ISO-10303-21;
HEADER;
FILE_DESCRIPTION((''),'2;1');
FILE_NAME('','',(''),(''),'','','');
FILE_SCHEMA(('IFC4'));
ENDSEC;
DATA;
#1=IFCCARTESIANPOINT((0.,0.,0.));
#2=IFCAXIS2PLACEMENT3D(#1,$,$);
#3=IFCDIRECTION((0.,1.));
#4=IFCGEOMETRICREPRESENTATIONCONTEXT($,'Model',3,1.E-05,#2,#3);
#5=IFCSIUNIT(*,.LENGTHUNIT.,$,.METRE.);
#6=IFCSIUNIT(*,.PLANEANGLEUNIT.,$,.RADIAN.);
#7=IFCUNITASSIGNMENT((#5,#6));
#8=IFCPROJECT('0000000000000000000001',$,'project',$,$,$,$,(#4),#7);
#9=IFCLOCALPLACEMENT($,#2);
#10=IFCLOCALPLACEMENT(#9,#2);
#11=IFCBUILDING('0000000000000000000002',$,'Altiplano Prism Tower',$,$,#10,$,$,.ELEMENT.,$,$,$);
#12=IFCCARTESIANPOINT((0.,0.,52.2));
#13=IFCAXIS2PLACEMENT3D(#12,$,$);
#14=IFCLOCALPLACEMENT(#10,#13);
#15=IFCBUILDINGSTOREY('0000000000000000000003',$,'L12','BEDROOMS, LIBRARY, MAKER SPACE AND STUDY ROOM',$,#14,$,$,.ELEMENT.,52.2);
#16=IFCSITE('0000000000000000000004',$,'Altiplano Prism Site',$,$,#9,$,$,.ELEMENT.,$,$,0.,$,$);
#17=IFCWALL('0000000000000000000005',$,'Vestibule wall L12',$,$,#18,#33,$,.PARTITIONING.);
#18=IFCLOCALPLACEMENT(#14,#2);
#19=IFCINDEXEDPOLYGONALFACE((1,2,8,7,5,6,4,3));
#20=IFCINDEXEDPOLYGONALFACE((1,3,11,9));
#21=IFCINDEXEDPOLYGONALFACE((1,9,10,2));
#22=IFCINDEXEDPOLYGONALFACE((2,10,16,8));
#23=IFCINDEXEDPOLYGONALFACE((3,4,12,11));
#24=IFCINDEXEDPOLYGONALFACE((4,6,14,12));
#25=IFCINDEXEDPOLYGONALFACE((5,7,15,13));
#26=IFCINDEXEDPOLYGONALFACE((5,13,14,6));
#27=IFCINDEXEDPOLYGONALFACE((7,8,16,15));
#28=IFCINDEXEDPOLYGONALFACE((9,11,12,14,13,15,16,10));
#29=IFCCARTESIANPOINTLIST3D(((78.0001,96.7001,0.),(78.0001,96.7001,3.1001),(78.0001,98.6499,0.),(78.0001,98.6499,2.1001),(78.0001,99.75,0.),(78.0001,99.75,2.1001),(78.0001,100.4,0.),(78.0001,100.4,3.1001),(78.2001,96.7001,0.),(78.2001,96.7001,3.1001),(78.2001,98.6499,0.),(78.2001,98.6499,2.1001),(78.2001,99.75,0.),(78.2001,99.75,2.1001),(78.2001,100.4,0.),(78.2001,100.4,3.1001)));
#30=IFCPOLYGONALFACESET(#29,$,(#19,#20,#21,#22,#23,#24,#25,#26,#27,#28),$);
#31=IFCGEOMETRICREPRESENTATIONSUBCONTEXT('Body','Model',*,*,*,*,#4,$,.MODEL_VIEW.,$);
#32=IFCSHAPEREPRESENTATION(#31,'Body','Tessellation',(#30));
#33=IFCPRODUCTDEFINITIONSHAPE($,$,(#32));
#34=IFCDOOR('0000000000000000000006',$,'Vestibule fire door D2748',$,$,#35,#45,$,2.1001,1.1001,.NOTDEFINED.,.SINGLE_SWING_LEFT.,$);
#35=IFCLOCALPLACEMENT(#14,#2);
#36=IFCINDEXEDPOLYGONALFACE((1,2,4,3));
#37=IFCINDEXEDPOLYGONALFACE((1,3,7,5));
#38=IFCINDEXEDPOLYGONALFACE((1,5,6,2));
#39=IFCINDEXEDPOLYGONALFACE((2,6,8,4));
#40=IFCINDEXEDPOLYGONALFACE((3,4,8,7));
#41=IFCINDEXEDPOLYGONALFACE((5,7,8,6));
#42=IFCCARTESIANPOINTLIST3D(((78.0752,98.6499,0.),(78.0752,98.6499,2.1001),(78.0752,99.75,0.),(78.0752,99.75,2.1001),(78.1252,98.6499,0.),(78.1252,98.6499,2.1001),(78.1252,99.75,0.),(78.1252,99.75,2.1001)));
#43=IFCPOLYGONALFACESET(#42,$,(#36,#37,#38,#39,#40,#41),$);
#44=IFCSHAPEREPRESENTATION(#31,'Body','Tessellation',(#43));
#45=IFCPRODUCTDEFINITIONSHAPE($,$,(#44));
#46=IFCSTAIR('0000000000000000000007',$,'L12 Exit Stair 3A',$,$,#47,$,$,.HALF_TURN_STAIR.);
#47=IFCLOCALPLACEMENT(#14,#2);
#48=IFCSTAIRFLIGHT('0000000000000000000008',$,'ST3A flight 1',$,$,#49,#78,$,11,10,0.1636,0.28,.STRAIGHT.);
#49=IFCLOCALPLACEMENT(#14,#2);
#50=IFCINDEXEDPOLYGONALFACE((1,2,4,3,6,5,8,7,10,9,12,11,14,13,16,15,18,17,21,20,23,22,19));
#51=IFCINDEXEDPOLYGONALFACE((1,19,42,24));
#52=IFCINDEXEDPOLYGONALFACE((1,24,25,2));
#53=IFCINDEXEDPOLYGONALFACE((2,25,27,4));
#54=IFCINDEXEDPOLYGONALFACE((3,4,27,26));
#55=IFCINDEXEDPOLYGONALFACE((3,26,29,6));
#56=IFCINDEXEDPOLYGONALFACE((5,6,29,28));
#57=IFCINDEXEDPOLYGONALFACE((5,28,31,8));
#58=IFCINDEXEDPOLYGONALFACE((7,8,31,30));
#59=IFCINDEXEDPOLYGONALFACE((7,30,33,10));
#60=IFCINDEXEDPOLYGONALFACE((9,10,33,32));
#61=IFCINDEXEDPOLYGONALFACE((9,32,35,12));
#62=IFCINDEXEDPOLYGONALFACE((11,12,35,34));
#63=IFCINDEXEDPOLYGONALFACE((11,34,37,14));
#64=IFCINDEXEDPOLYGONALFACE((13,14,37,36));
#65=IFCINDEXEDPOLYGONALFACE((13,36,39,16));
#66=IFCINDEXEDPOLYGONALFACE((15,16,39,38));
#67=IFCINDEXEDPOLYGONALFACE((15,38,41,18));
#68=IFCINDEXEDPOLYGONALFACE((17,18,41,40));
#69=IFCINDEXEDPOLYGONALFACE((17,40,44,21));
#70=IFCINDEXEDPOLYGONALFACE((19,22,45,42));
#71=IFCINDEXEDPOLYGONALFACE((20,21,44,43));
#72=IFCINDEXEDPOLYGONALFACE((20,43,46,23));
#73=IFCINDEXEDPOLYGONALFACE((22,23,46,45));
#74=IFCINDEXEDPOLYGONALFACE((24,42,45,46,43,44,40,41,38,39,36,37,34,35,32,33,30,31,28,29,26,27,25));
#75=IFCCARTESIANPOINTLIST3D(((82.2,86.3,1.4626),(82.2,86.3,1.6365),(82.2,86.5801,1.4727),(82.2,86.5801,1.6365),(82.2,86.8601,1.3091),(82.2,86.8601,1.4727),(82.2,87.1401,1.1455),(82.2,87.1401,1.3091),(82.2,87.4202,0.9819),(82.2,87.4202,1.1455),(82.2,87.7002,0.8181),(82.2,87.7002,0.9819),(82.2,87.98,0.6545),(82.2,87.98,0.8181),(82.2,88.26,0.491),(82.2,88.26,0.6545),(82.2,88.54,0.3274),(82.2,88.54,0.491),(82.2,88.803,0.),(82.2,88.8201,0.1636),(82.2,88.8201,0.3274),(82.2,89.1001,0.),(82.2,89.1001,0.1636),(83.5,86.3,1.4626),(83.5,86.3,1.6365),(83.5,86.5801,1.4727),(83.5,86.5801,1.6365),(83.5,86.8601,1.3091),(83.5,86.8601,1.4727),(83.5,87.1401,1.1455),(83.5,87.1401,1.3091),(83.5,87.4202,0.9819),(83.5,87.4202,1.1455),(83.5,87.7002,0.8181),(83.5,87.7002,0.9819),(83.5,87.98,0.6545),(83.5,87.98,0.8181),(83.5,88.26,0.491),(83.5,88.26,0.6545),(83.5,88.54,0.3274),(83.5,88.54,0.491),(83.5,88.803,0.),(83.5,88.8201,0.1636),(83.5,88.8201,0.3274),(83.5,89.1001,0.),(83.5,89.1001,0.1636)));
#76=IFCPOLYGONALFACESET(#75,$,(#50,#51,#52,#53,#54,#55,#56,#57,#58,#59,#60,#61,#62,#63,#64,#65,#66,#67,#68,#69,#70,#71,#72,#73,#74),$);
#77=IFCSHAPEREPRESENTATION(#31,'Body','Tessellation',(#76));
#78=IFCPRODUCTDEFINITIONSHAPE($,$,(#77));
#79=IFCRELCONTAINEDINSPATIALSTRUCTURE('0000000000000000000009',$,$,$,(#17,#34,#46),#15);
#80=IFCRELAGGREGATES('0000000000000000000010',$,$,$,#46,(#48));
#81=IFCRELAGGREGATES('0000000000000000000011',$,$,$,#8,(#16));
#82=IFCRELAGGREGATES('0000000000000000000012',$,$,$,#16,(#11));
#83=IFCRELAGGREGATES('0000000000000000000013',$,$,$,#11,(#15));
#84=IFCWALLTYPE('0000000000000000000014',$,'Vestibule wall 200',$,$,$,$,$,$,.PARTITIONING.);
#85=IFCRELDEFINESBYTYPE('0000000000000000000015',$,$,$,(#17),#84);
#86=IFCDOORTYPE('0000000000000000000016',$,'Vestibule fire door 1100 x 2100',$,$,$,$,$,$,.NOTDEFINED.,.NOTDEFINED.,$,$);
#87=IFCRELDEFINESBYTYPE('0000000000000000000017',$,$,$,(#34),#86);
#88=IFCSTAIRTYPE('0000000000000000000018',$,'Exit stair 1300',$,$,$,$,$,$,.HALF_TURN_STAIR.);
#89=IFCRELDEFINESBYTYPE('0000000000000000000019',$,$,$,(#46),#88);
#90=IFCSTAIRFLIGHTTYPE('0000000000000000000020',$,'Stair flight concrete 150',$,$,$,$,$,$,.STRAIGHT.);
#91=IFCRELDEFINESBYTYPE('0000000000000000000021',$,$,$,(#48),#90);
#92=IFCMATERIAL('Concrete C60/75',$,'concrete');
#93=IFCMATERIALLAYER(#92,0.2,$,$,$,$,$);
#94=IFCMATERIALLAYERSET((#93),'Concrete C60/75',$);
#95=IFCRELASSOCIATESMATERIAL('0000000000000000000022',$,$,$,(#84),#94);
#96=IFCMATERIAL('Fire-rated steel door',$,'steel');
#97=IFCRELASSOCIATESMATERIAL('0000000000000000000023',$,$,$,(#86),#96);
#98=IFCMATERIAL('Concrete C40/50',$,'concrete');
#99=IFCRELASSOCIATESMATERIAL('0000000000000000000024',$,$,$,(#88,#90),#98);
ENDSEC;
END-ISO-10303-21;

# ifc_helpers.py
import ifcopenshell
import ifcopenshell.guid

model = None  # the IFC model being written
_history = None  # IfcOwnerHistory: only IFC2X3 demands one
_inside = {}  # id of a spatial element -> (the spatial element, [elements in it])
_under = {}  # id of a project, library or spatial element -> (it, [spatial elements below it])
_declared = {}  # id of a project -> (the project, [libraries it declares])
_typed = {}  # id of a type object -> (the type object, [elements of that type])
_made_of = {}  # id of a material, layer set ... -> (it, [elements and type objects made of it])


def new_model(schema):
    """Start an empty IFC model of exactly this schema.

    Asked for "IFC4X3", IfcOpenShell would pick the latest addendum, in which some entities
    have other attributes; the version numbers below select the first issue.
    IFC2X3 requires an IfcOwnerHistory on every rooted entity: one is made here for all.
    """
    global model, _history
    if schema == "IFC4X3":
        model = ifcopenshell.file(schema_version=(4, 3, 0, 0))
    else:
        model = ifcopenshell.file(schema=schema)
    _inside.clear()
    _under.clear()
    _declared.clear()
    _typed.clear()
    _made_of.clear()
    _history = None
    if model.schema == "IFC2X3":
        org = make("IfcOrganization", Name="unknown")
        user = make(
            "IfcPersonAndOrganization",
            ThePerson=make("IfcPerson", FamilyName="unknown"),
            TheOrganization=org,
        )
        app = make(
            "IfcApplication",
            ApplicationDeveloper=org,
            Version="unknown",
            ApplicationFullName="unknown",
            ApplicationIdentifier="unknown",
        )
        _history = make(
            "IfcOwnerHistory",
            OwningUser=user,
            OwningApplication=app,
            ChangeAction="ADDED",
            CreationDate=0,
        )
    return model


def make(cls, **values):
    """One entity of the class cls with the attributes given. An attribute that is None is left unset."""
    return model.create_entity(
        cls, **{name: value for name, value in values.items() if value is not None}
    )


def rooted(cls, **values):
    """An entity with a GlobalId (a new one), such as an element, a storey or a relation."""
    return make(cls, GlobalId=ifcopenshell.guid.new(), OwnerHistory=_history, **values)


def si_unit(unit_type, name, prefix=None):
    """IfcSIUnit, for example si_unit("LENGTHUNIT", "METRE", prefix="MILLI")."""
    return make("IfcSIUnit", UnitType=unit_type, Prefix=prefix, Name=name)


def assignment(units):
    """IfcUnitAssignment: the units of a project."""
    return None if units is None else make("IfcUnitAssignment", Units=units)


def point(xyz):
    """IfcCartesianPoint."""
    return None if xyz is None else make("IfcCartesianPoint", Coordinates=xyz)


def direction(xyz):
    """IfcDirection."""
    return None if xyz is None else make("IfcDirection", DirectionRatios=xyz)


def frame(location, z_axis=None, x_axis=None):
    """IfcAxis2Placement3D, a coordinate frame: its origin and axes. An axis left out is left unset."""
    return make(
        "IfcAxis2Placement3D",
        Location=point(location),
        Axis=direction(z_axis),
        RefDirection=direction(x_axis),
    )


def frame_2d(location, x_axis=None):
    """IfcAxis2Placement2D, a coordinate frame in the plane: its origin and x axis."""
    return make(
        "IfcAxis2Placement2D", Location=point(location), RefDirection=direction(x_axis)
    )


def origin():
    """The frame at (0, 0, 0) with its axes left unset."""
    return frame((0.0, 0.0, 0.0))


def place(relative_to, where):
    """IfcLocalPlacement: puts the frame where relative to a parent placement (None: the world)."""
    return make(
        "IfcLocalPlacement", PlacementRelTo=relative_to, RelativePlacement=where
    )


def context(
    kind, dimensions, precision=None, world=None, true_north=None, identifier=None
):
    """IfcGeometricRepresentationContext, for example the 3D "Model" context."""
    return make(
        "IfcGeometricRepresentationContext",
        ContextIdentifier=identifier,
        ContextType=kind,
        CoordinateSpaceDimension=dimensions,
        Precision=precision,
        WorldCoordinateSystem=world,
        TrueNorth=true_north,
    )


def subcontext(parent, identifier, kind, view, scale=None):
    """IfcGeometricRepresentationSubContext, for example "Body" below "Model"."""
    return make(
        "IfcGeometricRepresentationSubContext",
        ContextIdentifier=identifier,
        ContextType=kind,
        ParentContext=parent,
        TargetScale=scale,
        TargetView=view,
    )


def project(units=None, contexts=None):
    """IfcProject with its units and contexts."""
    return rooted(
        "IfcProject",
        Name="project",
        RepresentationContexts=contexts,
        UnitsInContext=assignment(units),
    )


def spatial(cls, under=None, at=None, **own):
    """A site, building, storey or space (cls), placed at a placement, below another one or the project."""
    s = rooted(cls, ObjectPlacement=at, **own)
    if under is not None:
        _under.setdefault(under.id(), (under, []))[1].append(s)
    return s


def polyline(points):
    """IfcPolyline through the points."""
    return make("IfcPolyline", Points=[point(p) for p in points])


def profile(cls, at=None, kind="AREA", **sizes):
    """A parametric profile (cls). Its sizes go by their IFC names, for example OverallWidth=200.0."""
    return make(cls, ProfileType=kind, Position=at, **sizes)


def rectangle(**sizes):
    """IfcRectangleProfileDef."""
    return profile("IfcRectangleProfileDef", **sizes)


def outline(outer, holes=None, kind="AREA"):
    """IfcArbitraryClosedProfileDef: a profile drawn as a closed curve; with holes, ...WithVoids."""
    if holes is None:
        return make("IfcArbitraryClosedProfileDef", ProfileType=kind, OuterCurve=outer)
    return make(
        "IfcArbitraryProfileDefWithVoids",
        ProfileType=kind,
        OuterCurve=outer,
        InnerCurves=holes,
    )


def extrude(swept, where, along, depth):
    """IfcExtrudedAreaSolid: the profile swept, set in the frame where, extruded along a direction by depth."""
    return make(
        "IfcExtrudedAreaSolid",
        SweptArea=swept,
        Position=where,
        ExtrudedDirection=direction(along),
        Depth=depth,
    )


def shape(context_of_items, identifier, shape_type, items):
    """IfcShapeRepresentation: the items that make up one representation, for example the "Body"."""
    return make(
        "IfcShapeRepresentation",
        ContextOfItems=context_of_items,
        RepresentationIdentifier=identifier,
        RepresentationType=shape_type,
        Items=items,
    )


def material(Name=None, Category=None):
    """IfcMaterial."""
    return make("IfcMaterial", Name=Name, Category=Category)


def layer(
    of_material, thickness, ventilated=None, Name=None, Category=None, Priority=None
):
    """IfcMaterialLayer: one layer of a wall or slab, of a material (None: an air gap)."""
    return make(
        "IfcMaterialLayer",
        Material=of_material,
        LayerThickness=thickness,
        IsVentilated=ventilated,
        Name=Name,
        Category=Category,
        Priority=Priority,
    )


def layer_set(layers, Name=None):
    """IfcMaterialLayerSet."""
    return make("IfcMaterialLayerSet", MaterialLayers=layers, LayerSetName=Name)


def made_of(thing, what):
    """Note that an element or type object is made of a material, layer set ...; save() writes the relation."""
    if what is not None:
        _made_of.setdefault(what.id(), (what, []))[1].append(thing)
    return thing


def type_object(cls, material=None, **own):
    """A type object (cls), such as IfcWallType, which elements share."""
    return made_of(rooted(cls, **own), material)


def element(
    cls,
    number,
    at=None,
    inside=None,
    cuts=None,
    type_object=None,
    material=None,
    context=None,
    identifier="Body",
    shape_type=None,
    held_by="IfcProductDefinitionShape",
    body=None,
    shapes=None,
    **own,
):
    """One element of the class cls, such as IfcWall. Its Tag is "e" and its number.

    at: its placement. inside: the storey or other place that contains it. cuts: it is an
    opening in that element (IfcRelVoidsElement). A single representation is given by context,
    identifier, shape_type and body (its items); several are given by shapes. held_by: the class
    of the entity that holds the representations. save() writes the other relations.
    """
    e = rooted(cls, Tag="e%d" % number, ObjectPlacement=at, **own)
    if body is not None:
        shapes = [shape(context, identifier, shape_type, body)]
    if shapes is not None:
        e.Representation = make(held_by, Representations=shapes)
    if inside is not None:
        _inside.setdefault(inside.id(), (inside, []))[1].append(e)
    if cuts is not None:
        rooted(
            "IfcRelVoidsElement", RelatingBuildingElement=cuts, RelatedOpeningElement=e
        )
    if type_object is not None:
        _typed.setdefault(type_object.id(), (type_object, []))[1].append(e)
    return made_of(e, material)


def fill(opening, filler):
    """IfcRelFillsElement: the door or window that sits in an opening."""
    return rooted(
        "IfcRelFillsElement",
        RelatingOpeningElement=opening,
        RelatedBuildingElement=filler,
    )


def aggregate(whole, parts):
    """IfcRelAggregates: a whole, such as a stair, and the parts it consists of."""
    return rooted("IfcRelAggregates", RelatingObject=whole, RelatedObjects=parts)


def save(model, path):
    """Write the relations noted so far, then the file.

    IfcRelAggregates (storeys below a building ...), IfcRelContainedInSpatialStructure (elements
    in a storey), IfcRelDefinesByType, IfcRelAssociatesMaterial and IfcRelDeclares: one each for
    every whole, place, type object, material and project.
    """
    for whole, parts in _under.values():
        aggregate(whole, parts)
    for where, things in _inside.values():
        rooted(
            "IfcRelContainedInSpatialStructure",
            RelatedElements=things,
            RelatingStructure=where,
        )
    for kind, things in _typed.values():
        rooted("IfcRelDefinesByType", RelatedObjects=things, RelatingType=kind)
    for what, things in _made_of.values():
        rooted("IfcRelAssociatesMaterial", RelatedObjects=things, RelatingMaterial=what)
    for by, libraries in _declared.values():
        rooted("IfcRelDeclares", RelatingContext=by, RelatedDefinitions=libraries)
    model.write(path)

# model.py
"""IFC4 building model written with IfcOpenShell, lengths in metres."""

from ifc_helpers import new_model, si_unit, direction, frame, frame_2d, origin, place, context, subcontext, project, spatial, polyline, rectangle, outline, extrude, material, layer, layer_set, type_object, element, fill, aggregate, save


model = new_model("IFC4")

# Units and contexts
model_context = context("Model", 3, precision=1e-05, world=origin(), true_north=direction((0.0, 1.0)))
body_context = subcontext(model_context, "Body", "Model", "MODEL_VIEW")
ifc_project = project(units=[si_unit("LENGTHUNIT", "METRE"), si_unit("PLANEANGLEUNIT", "RADIAN")], contexts=[model_context])

# Site, building, storey
site_placement = place(None, origin())
site = spatial("IfcSite", under=ifc_project, at=site_placement, Name="Altiplano Prism Site", CompositionType="ELEMENT", RefElevation=0.0)
building_placement = place(site_placement, origin())
building = spatial("IfcBuilding", under=site, at=building_placement, Name="Altiplano Prism Tower", CompositionType="ELEMENT")
storey_placement = place(building_placement, frame((0.0, 0.0, 52.2)))
storey = spatial("IfcBuildingStorey", under=building, at=storey_placement, Name="L12", Description="BEDROOMS, LIBRARY, MAKER SPACE AND STUDY ROOM", CompositionType="ELEMENT", Elevation=52.2)

# Shared definitions
ifc_material_1 = material(Name="Concrete C60/75", Category="concrete")

# Shared definitions
ifc_material_2 = material(Name="Fire-rated steel door", Category="steel")

# Wall, opening, door
ifc_layer_1 = layer(ifc_material_1, 0.2)
ifc_layer_set_1 = layer_set([ifc_layer_1], Name="Concrete C60/75")
wall_type_1 = type_object("IfcWallType", Name="Vestibule wall 200", PredefinedType="PARTITIONING", material=ifc_layer_set_1)
wall_1_placement = place(storey_placement, frame((78.1001, 96.7, 0.0), z_axis=(0.0, 0.0, 1.0), x_axis=(0.0, 1.0, 0.0)))
wall_1 = element("IfcWall", 1, at=wall_1_placement, inside=storey, type_object=wall_type_1, Name="Vestibule wall L12", PredefinedType="PARTITIONING", context=body_context, shape_type="SweptSolid", body=[
    extrude(rectangle(XDim=3.7, YDim=0.2, at=frame_2d((1.8501, 0.0))), origin(), (0.0, 0.0, 1.0), 3.1001),
])
opening_1_placement = place(wall_1_placement, frame((1.95, 0.0, 0.0)))
opening_1 = element("IfcOpeningElement", 2, at=opening_1_placement, cuts=wall_1, PredefinedType="OPENING", context=body_context, shape_type="SweptSolid", body=[
    extrude(rectangle(XDim=1.1001, YDim=2.1001, at=frame_2d((0.55, 1.05))), frame((0.0, 0.1104, 0.0), z_axis=(0.0, -1.0, 0.0), x_axis=(1.0, 0.0, 0.0)), (0.0, 0.0, 1.0), 0.2209),
])
door_type_1 = type_object("IfcDoorType", Name="Vestibule fire door 1100 x 2100", OperationType="NOTDEFINED", PredefinedType="NOTDEFINED", material=ifc_material_2)
door_1_placement = place(opening_1_placement, origin())
door_1 = element("IfcDoor", 3, at=door_1_placement, inside=storey, type_object=door_type_1, Name="Vestibule fire door D2748", OperationType="SINGLE_SWING_LEFT", OverallHeight=2.1001, OverallWidth=1.1001, PredefinedType="NOTDEFINED", context=body_context, shape_type="SweptSolid", body=[
    extrude(rectangle(XDim=1.1001, YDim=2.1001, at=frame_2d((0.55, 1.05))), frame((0.0, 0.0249, 0.0), z_axis=(0.0, -1.0, 0.0), x_axis=(1.0, 0.0, 0.0)), (0.0, 0.0, 1.0), 0.05),
])
fill(opening_1, door_1)

# Stair, stair flight
ifc_material_3 = material(Name="Concrete C40/50", Category="concrete")
stair_type = type_object("IfcStairType", Name="Exit stair 1300", PredefinedType="HALF_TURN_STAIR", material=ifc_material_3)
stair_placement = place(storey_placement, origin())
stair = element("IfcStair", 4, at=stair_placement, inside=storey, type_object=stair_type, Name="L12 Exit Stair 3A", PredefinedType="HALF_TURN_STAIR")
stair_flight_type = type_object("IfcStairFlightType", Name="Stair flight concrete 150", PredefinedType="STRAIGHT", material=ifc_material_3)
stair_flight_placement = place(storey_placement, frame((82.8501, 89.1001, 0.0), z_axis=(0.0, 0.0, 1.0), x_axis=(0.0, -1.0, 0.0)))
stair_flight = element("IfcStairFlight", 5, at=stair_flight_placement, type_object=stair_flight_type, Name="ST3A flight 1", NumberOfRisers=11, NumberOfTreads=10, PredefinedType="STRAIGHT", RiserHeight=0.1636, TreadLength=0.28, context=body_context, shape_type="SweptSolid", body=[
    extrude(outline(polyline([(0.0, 0.0), (0.0, 0.1636), (0.28, 0.1636), (0.28, 0.3274), (0.5601, 0.3274), (0.5601, 0.491), (0.8401, 0.491), (0.8401, 0.6545), (1.1201, 0.6545), (1.1201, 0.8181), (1.3999, 0.8181), (1.3999, 0.9819), (1.6799, 0.9819), (1.6799, 1.1455), (1.96, 1.1455), (1.96, 1.3091), (2.24, 1.3091), (2.24, 1.4727), (2.52, 1.4727), (2.52, 1.6365), (2.8, 1.6365), (2.8, 1.8), (2.8, 1.4626), (0.2971, 0.0), (0.0, 0.0)])), frame((0.0, 0.6499, 0.0), z_axis=(0.0, -1.0, 0.0), x_axis=(1.0, 0.0, 0.0)), (0.0, 0.0, 1.0), 1.3),
])
aggregate(stair, [stair_flight])

save(model, "model.ifc")
